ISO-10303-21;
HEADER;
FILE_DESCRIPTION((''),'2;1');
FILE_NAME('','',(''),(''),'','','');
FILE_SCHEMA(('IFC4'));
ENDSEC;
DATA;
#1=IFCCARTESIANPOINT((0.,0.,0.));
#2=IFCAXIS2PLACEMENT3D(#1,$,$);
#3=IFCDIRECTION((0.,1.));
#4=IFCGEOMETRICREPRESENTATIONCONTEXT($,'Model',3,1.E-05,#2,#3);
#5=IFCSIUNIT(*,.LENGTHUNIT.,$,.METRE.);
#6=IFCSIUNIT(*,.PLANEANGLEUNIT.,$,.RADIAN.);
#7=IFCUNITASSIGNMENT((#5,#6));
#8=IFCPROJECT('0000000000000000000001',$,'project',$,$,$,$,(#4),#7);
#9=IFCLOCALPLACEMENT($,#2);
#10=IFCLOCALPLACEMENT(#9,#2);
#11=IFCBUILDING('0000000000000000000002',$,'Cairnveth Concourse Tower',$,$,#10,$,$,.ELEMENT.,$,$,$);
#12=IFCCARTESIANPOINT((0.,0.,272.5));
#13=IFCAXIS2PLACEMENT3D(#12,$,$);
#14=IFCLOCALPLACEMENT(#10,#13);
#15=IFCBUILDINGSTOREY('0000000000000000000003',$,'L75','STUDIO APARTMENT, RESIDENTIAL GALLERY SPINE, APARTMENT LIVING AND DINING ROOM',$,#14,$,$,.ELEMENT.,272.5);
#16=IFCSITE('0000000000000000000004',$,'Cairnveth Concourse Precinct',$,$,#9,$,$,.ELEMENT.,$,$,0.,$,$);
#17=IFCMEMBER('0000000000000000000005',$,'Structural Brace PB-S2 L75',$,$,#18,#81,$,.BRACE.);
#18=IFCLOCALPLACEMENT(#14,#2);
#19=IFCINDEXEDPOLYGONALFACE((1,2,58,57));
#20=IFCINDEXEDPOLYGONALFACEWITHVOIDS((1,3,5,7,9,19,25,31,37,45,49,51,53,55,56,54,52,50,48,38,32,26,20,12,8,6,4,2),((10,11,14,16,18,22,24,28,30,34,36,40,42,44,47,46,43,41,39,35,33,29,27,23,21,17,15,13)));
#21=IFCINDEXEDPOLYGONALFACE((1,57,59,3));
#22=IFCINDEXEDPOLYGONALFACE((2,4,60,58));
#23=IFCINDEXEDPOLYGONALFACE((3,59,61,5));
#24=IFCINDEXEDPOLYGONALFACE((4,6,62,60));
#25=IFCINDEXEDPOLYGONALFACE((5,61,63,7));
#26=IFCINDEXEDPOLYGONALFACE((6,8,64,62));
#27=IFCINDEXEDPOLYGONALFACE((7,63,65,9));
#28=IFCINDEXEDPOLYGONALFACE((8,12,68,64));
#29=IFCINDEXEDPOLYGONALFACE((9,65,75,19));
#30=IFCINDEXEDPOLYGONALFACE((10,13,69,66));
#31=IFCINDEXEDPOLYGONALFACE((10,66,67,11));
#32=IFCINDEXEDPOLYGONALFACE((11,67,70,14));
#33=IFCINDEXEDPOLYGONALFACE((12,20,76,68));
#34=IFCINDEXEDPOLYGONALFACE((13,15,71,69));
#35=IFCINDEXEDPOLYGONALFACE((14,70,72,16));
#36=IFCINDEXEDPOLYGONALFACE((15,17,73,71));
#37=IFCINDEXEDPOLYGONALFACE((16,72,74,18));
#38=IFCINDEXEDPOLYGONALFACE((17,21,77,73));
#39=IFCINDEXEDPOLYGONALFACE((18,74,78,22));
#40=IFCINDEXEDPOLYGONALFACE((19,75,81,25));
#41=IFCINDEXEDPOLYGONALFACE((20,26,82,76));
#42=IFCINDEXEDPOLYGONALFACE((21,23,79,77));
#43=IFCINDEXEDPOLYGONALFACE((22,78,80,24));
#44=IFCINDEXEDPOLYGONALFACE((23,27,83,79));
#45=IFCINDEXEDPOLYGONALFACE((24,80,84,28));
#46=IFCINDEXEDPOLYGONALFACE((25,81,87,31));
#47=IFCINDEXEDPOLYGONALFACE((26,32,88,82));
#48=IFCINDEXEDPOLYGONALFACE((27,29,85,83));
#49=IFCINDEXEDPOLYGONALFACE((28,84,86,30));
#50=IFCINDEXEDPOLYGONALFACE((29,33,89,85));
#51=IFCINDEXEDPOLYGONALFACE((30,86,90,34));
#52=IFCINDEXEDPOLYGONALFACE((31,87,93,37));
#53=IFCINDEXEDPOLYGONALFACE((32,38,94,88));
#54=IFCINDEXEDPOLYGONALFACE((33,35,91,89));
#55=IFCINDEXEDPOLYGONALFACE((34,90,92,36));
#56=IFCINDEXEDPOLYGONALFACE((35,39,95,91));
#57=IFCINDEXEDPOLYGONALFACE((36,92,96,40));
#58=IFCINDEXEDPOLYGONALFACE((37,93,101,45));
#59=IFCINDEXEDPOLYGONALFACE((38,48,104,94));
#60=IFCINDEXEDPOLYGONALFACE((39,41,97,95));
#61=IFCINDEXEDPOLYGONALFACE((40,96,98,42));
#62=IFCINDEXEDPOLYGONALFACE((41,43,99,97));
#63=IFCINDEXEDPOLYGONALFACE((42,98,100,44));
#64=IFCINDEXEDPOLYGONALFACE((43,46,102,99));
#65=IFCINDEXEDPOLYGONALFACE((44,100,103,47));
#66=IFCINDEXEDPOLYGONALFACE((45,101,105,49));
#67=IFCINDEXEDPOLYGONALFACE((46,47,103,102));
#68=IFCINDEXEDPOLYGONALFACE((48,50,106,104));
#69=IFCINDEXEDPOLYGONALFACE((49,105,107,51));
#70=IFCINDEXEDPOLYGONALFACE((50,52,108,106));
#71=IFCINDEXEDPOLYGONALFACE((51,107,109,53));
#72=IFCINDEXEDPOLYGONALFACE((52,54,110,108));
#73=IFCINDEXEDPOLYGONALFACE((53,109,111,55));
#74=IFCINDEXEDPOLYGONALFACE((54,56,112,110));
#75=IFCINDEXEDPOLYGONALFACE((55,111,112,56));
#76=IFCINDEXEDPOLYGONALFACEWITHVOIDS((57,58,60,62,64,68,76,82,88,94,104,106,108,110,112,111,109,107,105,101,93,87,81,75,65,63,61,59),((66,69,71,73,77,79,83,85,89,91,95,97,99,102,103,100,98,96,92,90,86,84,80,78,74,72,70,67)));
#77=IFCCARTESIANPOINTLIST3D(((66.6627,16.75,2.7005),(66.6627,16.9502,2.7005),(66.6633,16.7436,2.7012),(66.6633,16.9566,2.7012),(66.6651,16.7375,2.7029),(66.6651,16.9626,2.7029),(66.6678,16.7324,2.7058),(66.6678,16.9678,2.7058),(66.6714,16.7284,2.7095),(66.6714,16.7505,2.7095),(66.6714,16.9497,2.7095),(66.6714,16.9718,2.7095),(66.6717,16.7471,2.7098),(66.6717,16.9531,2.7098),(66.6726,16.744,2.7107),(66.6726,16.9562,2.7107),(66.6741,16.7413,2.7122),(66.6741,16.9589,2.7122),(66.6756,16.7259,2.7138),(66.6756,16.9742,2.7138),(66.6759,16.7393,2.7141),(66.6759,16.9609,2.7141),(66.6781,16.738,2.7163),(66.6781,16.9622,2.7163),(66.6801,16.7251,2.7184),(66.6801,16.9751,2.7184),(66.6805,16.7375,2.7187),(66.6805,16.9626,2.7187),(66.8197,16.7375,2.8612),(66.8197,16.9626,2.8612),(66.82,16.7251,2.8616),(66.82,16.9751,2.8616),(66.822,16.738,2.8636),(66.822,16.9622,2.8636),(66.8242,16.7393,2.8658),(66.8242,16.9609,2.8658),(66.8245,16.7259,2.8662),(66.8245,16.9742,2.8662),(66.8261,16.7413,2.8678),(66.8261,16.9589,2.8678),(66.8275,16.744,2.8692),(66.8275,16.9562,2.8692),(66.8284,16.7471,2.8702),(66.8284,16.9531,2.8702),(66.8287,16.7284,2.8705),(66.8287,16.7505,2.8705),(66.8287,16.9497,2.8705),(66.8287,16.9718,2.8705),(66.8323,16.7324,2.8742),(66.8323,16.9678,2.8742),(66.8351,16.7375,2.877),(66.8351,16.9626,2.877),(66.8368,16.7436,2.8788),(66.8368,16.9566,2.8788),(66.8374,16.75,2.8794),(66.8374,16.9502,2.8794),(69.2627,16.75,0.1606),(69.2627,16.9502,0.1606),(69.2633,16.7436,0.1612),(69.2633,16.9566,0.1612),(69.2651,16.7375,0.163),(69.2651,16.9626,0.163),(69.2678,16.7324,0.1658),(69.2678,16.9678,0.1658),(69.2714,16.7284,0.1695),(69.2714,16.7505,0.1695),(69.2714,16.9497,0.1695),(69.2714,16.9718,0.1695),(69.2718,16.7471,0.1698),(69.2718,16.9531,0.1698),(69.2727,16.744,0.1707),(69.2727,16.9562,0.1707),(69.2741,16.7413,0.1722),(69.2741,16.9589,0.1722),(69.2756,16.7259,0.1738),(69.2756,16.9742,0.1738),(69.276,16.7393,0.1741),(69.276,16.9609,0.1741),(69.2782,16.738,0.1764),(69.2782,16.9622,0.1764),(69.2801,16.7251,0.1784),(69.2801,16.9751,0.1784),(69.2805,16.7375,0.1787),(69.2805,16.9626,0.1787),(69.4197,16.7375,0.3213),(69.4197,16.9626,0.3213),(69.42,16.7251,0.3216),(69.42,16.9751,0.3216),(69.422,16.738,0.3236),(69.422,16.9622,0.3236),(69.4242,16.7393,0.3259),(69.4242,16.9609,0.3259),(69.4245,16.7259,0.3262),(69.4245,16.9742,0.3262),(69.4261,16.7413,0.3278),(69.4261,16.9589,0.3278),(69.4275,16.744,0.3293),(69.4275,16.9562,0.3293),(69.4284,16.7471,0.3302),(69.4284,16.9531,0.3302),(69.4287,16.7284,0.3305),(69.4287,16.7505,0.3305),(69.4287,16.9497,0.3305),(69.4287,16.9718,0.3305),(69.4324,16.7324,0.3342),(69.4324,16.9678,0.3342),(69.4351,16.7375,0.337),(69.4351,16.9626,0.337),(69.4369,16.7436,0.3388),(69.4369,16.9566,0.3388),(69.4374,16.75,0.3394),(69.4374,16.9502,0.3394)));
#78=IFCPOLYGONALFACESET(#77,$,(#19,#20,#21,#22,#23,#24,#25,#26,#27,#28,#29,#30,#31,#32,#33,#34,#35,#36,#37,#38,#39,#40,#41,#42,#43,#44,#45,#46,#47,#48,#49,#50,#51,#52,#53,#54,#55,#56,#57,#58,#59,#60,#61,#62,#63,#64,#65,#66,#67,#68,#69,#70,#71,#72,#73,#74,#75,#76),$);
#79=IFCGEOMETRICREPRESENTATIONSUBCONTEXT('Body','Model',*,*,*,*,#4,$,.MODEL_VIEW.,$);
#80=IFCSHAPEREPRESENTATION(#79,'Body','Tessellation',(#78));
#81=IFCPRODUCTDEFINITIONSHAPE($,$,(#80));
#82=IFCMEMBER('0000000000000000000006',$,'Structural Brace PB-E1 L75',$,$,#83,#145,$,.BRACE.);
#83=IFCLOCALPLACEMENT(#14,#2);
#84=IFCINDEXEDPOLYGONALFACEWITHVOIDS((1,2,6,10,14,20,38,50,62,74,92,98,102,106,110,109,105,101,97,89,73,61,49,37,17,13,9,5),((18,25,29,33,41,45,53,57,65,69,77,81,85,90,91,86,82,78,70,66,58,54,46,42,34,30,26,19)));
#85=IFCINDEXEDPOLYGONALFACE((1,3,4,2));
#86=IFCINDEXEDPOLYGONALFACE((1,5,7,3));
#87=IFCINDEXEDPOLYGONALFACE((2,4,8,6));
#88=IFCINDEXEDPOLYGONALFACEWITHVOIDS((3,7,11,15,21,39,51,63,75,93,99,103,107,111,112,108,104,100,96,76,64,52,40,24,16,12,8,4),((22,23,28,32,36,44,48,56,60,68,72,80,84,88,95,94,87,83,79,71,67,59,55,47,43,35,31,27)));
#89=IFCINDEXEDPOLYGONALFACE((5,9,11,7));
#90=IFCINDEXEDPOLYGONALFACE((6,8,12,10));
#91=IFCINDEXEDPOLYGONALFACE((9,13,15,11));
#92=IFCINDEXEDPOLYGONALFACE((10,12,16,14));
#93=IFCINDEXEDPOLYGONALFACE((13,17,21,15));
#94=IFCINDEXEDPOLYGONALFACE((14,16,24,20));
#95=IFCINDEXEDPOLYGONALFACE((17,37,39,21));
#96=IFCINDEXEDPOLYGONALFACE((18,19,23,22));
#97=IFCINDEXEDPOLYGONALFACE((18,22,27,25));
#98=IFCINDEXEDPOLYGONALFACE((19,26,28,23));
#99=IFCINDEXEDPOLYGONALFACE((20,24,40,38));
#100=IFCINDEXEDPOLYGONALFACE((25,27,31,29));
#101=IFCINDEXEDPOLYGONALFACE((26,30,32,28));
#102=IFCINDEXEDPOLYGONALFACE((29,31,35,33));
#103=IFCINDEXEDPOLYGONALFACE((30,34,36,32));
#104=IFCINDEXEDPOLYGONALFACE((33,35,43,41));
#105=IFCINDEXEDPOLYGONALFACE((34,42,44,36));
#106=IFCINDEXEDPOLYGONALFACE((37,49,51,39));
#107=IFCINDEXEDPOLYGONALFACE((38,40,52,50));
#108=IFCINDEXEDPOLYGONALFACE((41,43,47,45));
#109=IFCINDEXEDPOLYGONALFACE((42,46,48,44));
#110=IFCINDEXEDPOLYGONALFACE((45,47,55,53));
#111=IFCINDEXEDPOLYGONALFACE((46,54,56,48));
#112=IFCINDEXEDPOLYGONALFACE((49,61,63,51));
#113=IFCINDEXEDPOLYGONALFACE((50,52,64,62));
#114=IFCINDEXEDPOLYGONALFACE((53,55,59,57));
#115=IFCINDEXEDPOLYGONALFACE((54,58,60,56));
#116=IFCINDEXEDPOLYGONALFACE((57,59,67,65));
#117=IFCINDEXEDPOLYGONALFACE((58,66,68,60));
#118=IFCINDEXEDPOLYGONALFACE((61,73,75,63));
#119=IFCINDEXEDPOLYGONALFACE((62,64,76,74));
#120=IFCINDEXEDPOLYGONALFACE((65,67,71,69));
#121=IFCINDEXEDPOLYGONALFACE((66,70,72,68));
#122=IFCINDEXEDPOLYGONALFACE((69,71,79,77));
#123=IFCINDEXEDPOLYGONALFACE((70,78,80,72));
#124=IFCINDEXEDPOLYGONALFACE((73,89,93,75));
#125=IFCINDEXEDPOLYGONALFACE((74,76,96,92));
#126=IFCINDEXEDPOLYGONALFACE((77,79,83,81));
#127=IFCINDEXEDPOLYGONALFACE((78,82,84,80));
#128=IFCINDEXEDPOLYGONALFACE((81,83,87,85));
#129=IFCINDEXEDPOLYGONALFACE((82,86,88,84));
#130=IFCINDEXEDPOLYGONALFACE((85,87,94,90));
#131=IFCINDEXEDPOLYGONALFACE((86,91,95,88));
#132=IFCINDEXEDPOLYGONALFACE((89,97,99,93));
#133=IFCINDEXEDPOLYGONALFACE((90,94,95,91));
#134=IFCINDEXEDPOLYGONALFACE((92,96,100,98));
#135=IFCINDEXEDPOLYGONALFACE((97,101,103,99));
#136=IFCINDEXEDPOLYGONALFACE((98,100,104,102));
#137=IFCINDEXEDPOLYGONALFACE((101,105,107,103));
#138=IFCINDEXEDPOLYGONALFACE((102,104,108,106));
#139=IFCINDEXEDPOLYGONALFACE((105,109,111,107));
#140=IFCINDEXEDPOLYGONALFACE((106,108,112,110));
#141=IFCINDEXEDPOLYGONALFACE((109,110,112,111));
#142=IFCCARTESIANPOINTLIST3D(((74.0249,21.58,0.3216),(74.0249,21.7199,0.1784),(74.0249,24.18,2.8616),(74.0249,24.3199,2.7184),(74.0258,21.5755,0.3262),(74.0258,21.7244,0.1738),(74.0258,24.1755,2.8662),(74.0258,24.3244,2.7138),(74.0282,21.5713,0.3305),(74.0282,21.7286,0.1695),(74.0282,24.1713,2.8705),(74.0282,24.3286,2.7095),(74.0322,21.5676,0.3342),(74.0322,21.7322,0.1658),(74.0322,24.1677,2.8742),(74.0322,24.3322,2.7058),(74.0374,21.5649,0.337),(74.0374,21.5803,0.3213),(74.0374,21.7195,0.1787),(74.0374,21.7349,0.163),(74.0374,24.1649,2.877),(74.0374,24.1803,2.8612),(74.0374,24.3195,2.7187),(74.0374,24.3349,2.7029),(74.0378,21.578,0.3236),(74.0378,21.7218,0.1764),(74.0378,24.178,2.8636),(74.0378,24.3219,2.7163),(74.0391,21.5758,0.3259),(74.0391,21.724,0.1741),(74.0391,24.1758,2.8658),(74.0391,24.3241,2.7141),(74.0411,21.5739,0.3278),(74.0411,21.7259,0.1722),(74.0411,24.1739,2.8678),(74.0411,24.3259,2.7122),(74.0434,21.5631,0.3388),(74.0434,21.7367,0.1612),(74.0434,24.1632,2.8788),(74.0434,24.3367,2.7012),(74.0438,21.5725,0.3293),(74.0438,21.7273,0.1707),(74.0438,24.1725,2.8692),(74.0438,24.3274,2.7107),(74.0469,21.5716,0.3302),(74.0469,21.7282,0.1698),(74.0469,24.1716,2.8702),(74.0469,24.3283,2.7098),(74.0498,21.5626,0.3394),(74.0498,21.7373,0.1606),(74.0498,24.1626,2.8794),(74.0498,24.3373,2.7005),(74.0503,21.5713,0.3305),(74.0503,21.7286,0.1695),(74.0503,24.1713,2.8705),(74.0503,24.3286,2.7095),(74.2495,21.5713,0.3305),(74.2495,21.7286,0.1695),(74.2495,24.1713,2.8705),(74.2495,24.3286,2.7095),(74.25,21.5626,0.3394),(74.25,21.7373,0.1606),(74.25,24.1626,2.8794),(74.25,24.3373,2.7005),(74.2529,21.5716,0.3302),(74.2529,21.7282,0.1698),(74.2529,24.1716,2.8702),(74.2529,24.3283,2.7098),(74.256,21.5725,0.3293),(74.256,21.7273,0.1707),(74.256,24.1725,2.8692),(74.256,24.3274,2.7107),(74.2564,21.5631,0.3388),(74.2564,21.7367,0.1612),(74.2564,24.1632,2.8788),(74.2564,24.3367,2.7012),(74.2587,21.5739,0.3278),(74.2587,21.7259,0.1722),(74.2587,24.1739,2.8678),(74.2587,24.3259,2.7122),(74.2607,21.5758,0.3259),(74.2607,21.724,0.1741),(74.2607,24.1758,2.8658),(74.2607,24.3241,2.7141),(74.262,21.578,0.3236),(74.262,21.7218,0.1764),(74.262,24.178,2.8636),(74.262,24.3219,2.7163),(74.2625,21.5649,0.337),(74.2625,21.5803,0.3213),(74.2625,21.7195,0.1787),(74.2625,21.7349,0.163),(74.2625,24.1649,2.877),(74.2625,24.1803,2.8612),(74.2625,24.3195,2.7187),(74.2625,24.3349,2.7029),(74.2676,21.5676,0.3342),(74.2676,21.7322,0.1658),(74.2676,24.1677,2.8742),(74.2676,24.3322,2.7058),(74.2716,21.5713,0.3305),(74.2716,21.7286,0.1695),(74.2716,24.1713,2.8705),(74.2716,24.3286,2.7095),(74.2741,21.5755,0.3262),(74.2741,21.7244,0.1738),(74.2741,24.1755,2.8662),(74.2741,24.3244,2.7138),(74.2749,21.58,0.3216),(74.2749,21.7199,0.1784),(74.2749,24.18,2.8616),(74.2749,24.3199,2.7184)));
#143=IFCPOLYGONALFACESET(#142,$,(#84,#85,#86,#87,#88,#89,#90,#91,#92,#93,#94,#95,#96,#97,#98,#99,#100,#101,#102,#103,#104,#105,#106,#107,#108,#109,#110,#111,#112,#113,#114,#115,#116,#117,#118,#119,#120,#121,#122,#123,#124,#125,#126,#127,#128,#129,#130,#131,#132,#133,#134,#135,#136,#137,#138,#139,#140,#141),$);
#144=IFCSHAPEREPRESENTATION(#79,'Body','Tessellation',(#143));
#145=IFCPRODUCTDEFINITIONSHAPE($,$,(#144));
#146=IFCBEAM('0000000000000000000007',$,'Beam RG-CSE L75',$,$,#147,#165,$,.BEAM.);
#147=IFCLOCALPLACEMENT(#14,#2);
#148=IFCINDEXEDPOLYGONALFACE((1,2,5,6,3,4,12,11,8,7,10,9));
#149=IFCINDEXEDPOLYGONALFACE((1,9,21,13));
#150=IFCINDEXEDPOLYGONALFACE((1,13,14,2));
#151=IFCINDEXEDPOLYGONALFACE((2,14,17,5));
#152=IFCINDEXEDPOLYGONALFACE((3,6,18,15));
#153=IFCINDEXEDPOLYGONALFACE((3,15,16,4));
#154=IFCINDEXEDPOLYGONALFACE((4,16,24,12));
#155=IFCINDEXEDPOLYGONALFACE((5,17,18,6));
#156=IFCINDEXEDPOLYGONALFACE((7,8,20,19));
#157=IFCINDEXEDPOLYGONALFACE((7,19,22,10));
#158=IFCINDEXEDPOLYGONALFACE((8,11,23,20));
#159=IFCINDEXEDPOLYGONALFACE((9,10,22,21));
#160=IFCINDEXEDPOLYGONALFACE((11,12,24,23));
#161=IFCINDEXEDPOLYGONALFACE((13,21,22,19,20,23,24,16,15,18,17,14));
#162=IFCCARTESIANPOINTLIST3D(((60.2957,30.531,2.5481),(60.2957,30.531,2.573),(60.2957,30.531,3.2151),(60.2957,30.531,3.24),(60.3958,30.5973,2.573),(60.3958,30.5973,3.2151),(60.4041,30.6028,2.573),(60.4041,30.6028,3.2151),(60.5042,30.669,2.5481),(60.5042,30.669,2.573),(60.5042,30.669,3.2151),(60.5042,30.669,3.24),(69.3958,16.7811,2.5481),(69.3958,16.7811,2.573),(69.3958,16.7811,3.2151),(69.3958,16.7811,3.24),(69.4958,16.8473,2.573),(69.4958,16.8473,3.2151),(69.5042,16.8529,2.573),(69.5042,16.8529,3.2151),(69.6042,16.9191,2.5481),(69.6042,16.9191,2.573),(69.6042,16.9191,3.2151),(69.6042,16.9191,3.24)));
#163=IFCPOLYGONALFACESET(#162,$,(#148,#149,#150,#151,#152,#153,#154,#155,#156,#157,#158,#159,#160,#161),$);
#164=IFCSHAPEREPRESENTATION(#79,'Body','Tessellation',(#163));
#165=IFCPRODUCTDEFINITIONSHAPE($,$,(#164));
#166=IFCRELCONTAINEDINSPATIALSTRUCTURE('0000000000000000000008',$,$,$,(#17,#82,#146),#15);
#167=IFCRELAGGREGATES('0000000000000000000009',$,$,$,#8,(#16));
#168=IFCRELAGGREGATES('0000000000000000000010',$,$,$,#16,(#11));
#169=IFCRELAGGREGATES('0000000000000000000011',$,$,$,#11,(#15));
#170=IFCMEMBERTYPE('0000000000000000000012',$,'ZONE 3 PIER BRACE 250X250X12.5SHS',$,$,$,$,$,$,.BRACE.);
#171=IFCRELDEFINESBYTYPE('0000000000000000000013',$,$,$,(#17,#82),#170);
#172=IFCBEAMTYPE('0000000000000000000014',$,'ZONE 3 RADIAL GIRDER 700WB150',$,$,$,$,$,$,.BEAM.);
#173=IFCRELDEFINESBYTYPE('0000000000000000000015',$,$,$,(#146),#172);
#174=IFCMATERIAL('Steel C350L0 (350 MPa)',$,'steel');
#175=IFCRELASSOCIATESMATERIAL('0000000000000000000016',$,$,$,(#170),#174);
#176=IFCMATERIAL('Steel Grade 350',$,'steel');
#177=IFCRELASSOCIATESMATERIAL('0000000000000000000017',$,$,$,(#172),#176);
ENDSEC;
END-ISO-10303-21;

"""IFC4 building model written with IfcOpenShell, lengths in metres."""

from ifc_helpers import new_model, si_unit, direction, frame, origin, origin_2d, place, context, subcontext, project, spatial, hollow_rectangle, i_section, extrude, material, material_profile, profile_set, type_object, element, save


model = new_model("IFC4")

# Units and contexts
model_context = context("Model", 3, precision=1e-05, world=origin(), true_north=direction((0.0, 1.0)))
body_context = subcontext(model_context, "Body", "Model", "MODEL_VIEW")
ifc_project = project(units=[si_unit("LENGTHUNIT", "METRE"), si_unit("PLANEANGLEUNIT", "RADIAN")], contexts=[model_context])

# Site, building, storey
site_placement = place(None, origin())
site = spatial("IfcSite", under=ifc_project, at=site_placement, Name="Cairnveth Concourse Precinct", CompositionType="ELEMENT", RefElevation=0.0)
building_placement = place(site_placement, origin())
building = spatial("IfcBuilding", under=site, at=building_placement, Name="Cairnveth Concourse Tower", CompositionType="ELEMENT")
storey_placement = place(building_placement, frame((0.0, 0.0, 272.5)))
storey = spatial("IfcBuildingStorey", under=building, at=storey_placement, Name="L75", Description="STUDIO APARTMENT, RESIDENTIAL GALLERY SPINE, APARTMENT LIVING AND DINING ROOM", CompositionType="ELEMENT", Elevation=272.5)

# Shared definitions
ifc_material_1 = material(Name="Steel Grade 350", Category="steel")

# Members
ifc_material_2 = material(Name="Steel C350L0 (350 MPa)", Category="steel")
ifc_material_profile_1 = material_profile(ifc_material_2, hollow_rectangle(XDim=0.25, YDim=0.25, WallThickness=0.0125, InnerFilletRadius=0.0129, OuterFilletRadius=0.0249, at=origin_2d()), Name="250x250x12.5SHS")
ifc_profile_set_1 = profile_set([ifc_material_profile_1], Name="Steel C350L0 (350 MPa)")
member_type = type_object("IfcMemberType", Name="ZONE 3 PIER BRACE 250X250X12.5SHS", PredefinedType="BRACE", material=ifc_profile_set_1)
for number, where, z_axis, x_axis, name in (
    (1, (69.3501, 16.8501, 0.25), (-0.71532, 0.0, 0.698797), (0.0, -1.0, 0.0), "Structural Brace PB-S2 L75"),
    (2, (74.1499, 21.6499, 0.25), (0.0, 0.71532, 0.698797), (-1.0, 0.0, 0.0), "Structural Brace PB-E1 L75"),
):
    element("IfcMember", number, at=place(storey_placement, frame(where, z_axis=z_axis, x_axis=x_axis)), inside=storey, type_object=member_type, Name=name, PredefinedType="BRACE", context=body_context, shape_type="SweptSolid", body=[
        extrude(hollow_rectangle(XDim=0.25, YDim=0.25, WallThickness=0.0125, InnerFilletRadius=0.0129, OuterFilletRadius=0.0249, at=origin_2d()), origin(), (0.0, 0.0, 1.0), 3.6348),
    ])

# Beam
ifc_material_profile_2 = material_profile(ifc_material_1, i_section(OverallWidth=0.25, OverallDepth=0.6919, WebThickness=0.01, FlangeThickness=0.0249, at=origin_2d()), Name="700WB150")
ifc_profile_set_2 = profile_set([ifc_material_profile_2], Name="Steel Grade 350")
beam_type_1 = type_object("IfcBeamType", Name="ZONE 3 RADIAL GIRDER 700WB150", PredefinedType="BEAM", material=ifc_profile_set_2)
beam_1_placement = place(storey_placement, frame((69.5, 16.8501, 2.894), z_axis=(-0.551902, 0.833909, 0.0), x_axis=(-0.833909, -0.551902, 0.0)))
element("IfcBeam", 3, at=beam_1_placement, inside=storey, type_object=beam_type_1, Name="Beam RG-CSE L75", PredefinedType="BEAM", context=body_context, shape_type="SweptSolid", body=[
    extrude(i_section(OverallWidth=0.25, OverallDepth=0.6919, WebThickness=0.01, FlangeThickness=0.0249, at=origin_2d()), origin(), (0.0, 0.0, 1.0), 16.4885),
])

save(model, "model.ifc")
